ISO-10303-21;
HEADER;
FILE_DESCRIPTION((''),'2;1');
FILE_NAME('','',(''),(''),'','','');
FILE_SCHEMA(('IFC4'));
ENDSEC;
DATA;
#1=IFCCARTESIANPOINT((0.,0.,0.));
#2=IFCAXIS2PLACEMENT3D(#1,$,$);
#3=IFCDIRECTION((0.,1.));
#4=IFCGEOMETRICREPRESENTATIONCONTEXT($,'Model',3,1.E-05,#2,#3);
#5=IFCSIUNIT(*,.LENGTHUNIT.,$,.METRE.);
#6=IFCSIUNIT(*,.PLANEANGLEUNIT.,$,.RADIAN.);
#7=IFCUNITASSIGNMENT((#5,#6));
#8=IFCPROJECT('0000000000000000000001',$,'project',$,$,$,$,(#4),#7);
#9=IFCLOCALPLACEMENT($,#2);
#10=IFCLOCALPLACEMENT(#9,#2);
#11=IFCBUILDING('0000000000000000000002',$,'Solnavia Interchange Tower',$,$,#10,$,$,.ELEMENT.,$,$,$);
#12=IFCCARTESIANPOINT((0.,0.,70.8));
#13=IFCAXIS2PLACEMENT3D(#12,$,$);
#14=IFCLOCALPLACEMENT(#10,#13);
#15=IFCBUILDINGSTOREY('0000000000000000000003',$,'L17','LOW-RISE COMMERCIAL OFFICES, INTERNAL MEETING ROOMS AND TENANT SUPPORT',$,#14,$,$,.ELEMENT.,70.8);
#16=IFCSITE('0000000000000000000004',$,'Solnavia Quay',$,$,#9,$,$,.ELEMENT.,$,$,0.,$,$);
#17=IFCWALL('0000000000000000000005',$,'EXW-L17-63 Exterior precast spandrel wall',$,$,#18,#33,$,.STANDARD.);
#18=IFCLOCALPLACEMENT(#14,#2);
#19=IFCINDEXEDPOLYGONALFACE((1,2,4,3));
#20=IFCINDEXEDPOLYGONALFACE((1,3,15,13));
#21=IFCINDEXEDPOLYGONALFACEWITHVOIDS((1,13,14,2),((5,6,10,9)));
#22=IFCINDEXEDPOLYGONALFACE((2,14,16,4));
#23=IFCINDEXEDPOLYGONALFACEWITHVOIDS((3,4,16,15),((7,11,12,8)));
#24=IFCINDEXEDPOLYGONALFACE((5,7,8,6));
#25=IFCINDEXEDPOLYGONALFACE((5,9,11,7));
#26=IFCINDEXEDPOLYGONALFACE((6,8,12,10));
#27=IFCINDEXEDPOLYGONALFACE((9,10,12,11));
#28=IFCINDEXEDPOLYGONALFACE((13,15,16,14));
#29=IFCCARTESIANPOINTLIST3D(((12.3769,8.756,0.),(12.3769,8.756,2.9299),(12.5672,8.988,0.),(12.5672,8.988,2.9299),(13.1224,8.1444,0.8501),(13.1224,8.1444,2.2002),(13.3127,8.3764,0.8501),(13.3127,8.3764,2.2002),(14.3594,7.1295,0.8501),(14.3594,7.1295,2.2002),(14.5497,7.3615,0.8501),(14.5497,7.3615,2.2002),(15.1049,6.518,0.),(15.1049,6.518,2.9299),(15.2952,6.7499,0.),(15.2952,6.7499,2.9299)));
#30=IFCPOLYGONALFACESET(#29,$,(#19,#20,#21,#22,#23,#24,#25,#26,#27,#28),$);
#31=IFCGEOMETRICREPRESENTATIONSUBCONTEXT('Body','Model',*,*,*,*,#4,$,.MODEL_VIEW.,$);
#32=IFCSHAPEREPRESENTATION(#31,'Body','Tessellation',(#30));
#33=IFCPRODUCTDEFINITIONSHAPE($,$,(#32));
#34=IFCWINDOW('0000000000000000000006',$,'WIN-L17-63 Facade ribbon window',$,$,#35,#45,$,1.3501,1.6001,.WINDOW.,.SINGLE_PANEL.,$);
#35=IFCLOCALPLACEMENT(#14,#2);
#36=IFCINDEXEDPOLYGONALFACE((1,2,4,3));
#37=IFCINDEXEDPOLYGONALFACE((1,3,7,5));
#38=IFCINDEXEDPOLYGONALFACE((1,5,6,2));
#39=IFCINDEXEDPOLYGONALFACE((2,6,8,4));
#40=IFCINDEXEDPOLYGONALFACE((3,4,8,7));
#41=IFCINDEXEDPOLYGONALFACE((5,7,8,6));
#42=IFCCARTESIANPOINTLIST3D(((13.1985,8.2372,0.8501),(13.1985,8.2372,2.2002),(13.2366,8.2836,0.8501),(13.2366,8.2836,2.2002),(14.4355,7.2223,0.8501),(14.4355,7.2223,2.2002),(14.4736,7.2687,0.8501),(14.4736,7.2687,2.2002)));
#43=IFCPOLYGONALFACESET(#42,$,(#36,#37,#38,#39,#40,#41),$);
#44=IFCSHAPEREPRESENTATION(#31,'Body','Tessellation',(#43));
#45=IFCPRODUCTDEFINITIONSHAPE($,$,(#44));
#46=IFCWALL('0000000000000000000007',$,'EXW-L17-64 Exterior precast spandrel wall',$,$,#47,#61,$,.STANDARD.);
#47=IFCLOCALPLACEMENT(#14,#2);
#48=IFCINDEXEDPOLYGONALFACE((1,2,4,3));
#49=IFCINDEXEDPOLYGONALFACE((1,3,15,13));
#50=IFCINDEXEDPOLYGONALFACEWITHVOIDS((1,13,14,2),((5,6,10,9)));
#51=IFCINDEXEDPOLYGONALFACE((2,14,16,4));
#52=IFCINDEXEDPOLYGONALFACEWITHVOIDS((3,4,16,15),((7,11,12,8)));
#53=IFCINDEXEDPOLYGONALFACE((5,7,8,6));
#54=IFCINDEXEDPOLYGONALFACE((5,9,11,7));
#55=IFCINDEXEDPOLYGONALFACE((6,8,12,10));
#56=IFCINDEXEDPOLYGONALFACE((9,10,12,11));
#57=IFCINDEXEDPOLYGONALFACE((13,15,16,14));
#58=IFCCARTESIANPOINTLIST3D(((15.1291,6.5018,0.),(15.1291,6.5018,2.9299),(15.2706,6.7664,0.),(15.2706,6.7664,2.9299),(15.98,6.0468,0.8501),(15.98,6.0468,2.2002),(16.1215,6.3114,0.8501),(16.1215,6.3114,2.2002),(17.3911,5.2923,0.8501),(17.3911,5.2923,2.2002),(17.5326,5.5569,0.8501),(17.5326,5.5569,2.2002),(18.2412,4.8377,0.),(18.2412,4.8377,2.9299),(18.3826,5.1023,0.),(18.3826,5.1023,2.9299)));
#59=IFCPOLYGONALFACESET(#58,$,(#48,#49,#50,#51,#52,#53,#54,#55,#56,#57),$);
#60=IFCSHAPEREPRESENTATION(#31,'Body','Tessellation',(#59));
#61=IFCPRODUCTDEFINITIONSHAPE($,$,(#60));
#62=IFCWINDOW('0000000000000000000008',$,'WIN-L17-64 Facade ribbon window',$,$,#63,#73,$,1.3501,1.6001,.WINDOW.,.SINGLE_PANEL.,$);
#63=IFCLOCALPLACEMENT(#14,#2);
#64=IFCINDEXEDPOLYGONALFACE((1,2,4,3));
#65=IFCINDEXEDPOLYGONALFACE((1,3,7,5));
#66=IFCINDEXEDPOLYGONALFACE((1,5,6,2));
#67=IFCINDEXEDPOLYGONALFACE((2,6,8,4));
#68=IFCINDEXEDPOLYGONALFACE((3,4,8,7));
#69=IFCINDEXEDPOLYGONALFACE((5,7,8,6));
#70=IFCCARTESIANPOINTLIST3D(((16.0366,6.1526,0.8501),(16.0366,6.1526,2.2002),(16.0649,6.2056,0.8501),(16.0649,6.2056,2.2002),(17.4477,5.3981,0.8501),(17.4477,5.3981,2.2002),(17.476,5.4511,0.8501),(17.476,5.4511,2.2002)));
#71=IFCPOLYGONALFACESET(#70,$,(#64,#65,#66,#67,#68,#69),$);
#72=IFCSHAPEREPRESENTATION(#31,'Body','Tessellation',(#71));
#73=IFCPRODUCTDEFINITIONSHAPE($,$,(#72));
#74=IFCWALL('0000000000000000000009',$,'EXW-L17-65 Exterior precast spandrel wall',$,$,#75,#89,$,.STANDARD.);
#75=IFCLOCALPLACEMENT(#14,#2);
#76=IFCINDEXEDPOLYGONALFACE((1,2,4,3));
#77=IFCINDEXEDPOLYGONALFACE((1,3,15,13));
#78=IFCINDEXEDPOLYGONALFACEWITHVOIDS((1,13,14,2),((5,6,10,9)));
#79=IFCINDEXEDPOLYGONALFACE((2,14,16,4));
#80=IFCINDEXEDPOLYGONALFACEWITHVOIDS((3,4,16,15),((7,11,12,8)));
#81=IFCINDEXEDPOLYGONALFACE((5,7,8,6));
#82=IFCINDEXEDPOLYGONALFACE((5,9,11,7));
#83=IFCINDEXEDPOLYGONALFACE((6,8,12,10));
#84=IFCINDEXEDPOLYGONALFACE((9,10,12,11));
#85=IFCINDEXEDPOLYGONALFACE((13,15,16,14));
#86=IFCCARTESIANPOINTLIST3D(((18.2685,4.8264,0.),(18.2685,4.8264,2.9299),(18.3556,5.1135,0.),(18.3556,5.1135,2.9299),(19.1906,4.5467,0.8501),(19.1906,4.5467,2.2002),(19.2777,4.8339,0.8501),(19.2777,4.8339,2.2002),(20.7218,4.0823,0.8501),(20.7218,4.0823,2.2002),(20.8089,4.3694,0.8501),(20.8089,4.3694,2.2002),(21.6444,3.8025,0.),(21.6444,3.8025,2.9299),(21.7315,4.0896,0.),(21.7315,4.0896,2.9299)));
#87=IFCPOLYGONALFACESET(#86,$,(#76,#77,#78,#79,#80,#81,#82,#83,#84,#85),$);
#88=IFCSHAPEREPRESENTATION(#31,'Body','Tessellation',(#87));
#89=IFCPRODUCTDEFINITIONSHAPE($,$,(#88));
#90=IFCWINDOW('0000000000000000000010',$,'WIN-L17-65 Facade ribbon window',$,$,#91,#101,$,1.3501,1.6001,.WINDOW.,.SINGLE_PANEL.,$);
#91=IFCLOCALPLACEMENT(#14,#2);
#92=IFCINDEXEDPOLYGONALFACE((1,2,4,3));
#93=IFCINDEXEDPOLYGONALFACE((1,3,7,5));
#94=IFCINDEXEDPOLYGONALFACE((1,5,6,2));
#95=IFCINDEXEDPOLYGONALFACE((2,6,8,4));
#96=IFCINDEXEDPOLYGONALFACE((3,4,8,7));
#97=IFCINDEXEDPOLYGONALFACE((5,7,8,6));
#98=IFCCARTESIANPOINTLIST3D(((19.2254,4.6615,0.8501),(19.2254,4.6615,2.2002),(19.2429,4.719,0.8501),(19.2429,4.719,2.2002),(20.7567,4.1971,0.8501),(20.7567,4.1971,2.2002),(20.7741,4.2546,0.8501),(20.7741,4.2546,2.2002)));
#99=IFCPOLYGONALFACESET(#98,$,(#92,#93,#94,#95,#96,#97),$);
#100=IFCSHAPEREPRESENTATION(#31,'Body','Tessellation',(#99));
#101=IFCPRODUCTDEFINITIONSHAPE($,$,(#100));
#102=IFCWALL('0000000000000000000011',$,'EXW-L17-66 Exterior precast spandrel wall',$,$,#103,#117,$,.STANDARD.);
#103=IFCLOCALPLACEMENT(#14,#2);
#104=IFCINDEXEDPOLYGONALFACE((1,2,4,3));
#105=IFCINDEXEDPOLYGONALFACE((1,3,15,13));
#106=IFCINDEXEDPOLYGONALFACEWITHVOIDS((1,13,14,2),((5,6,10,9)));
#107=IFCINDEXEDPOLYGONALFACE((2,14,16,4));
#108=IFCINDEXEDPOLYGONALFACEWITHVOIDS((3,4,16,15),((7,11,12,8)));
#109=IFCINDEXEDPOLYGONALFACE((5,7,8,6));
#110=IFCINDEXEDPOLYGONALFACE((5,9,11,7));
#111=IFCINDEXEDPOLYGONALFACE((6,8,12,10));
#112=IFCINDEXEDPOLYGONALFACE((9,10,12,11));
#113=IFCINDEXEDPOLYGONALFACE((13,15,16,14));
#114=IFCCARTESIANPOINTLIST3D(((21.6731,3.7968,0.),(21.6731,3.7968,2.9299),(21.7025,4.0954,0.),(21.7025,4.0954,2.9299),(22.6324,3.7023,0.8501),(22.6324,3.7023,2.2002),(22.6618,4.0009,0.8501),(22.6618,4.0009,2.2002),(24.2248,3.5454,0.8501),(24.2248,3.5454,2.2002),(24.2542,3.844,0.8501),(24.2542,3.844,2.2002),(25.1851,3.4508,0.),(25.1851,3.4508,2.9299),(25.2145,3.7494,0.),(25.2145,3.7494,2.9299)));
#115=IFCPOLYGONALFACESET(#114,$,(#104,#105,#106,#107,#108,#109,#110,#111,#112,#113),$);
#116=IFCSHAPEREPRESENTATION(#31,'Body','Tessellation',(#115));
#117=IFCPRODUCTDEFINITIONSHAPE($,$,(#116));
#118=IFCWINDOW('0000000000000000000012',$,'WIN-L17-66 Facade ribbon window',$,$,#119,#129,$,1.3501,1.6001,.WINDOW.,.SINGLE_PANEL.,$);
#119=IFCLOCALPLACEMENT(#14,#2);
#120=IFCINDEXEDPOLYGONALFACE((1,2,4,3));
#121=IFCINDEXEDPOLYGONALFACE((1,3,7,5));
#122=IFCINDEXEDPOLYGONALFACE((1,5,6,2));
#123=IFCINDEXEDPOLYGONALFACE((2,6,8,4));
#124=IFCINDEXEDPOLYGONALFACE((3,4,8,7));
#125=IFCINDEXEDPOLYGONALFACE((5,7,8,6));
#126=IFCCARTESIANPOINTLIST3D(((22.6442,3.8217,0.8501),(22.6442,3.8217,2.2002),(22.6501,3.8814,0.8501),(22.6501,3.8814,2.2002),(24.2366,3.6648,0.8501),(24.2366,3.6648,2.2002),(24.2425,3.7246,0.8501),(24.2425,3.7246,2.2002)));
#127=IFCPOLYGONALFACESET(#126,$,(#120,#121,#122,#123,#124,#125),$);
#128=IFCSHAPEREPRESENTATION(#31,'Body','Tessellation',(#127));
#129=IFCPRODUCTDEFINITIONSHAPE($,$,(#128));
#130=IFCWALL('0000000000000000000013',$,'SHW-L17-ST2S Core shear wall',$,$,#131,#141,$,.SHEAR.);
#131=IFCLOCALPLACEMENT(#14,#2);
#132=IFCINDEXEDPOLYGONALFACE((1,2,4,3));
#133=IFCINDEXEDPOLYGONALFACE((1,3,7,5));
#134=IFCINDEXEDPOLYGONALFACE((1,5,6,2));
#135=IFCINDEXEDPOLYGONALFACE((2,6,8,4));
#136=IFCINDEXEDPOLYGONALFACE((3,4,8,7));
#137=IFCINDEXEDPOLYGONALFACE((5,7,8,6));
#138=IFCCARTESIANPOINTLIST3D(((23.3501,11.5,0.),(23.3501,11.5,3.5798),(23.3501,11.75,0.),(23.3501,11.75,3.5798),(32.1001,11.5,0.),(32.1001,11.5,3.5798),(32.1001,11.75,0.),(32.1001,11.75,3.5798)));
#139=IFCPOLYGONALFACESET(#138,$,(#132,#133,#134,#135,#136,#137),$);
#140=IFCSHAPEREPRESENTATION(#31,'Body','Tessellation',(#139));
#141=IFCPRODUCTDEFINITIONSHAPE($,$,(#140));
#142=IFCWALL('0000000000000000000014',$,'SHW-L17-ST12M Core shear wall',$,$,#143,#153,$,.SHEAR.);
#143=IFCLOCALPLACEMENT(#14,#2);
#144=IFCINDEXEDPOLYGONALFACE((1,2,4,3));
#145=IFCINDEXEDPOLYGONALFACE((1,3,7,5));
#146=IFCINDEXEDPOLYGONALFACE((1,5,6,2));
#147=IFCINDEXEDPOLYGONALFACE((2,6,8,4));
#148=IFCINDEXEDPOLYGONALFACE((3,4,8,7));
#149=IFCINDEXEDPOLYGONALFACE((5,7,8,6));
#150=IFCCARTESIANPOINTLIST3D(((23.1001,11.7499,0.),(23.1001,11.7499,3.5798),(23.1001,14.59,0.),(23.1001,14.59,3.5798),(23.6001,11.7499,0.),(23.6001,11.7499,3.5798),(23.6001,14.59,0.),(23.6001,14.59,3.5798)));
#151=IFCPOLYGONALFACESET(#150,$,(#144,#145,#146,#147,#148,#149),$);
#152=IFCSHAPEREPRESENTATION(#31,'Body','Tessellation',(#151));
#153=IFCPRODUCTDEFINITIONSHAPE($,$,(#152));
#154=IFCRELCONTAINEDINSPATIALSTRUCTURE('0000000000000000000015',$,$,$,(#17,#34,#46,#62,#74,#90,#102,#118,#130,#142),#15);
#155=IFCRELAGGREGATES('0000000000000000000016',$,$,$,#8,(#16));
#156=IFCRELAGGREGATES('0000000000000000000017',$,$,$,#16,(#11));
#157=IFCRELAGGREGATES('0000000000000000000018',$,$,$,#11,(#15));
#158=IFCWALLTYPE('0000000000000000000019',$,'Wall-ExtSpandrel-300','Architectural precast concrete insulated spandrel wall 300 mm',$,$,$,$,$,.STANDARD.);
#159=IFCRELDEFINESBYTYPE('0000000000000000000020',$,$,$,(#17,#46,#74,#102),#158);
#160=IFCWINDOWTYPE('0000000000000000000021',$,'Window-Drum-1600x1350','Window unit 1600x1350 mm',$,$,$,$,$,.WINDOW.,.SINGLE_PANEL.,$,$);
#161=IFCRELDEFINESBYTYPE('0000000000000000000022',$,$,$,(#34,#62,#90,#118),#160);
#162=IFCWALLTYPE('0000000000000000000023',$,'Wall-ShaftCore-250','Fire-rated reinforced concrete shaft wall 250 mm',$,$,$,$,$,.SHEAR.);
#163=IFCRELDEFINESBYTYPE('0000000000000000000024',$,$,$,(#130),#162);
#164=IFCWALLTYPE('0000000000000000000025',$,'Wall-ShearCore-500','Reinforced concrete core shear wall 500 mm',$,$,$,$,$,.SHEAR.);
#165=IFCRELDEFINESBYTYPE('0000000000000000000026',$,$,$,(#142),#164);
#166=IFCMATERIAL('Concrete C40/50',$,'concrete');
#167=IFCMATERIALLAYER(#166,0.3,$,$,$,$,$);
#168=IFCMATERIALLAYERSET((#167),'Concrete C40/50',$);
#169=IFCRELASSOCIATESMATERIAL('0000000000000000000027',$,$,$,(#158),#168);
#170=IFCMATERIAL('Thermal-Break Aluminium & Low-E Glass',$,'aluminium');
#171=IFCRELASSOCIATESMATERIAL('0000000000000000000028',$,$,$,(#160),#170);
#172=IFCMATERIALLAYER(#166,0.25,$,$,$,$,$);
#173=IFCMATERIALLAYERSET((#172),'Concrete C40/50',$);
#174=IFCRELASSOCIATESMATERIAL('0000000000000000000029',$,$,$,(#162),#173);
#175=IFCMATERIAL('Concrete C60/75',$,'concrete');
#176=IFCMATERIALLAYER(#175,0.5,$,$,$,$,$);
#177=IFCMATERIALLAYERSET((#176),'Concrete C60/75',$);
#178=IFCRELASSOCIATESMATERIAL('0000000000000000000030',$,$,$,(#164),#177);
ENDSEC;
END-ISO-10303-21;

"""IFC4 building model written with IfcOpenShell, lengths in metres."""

from ifc_helpers import new_model, si_unit, direction, frame, frame_2d, origin, place, context, subcontext, project, spatial, rectangle, extrude, material, layer, layer_set, type_object, element, fill, save


model = new_model("IFC4")

# Units and contexts
model_context = context("Model", 3, precision=1e-05, world=origin(), true_north=direction((0.0, 1.0)))
body_context = subcontext(model_context, "Body", "Model", "MODEL_VIEW")
ifc_project = project(units=[si_unit("LENGTHUNIT", "METRE"), si_unit("PLANEANGLEUNIT", "RADIAN")], contexts=[model_context])

# Site, building, storey
site_placement = place(None, origin())
site = spatial("IfcSite", under=ifc_project, at=site_placement, Name="Solnavia Quay", CompositionType="ELEMENT", RefElevation=0.0)
building_placement = place(site_placement, origin())
building = spatial("IfcBuilding", under=site, at=building_placement, Name="Solnavia Interchange Tower", CompositionType="ELEMENT")
storey_placement = place(building_placement, frame((0.0, 0.0, 70.8)))
storey = spatial("IfcBuildingStorey", under=building, at=storey_placement, Name="L17", Description="LOW-RISE COMMERCIAL OFFICES, INTERNAL MEETING ROOMS AND TENANT SUPPORT", CompositionType="ELEMENT", Elevation=70.8)

# Shared definitions
ifc_material_1 = material(Name="Concrete C60/75", Category="concrete")

# Walls, openings, windows
ifc_material_2 = material(Name="Concrete C40/50", Category="concrete")
ifc_layer_1 = layer(ifc_material_2, 0.3)
ifc_layer_set_1 = layer_set([ifc_layer_1], Name="Concrete C40/50")
wall_type_1 = type_object("IfcWallType", Name="Wall-ExtSpandrel-300", Description="Architectural precast concrete insulated spandrel wall 300 mm", PredefinedType="STANDARD", material=ifc_layer_set_1)
wall_1_placement = place(storey_placement, frame((15.2, 6.634, 0.0), z_axis=(0.0, 0.0, 1.0), x_axis=(-0.773121, 0.634258, 0.0)))
wall_1 = element("IfcWall", 1, at=wall_1_placement, inside=storey, type_object=wall_type_1, Name="EXW-L17-63 Exterior precast spandrel wall", PredefinedType="STANDARD", context=body_context, shape_type="SweptSolid", body=[
    extrude(rectangle(XDim=3.5286, YDim=0.3, at=frame_2d((1.7642, 0.0))), origin(), (0.0, 0.0, 1.0), 2.9299),
])
opening_1_placement = place(wall_1_placement, frame((0.9641, 0.0, 0.8501)))
opening_1 = element("IfcOpeningElement", 2, at=opening_1_placement, cuts=wall_1, PredefinedType="OPENING", context=body_context, shape_type="SweptSolid", body=[
    extrude(rectangle(XDim=1.6001, YDim=1.3501, at=frame_2d((0.8, 0.675))), frame((0.0, 0.1602, 0.0), z_axis=(0.0, -1.0, 0.0), x_axis=(1.0, 0.0, 0.0)), (0.0, 0.0, 1.0), 0.3201),
])
ifc_material_3 = material(Name="Thermal-Break Aluminium & Low-E Glass", Category="aluminium")
window_type = type_object("IfcWindowType", Name="Window-Drum-1600x1350", Description="Window unit 1600x1350 mm", PartitioningType="SINGLE_PANEL", PredefinedType="WINDOW", material=ifc_material_3)
window_1_placement = place(opening_1_placement, origin())
window_1 = element("IfcWindow", 3, at=window_1_placement, inside=storey, type_object=window_type, Name="WIN-L17-63 Facade ribbon window", OverallHeight=1.3501, OverallWidth=1.6001, PartitioningType="SINGLE_PANEL", PredefinedType="WINDOW", context=body_context, shape_type="SweptSolid", body=[
    extrude(rectangle(XDim=1.6001, YDim=1.3501, at=frame_2d((0.8, 0.675))), frame((0.0, 0.03, 0.0), z_axis=(0.0, -1.0, 0.0), x_axis=(1.0, 0.0, 0.0)), (0.0, 0.0, 1.0), 0.0601),
])
fill(opening_1, window_1)
wall_2_placement = place(storey_placement, frame((18.312, 4.97, 0.0), z_axis=(0.0, 0.0, 1.0), x_axis=(-0.881847, 0.471536, 0.0)))
wall_2 = element("IfcWall", 4, at=wall_2_placement, inside=storey, type_object=wall_type_1, Name="EXW-L17-64 Exterior precast spandrel wall", PredefinedType="STANDARD", context=body_context, shape_type="SweptSolid", body=[
    extrude(rectangle(XDim=3.5291, YDim=0.3, at=frame_2d((1.7646, 0.0))), origin(), (0.0, 0.0, 1.0), 2.9299),
])
opening_2_placement = place(wall_2_placement, frame((0.9641, 0.0, 0.8501)))
opening_2 = element("IfcOpeningElement", 5, at=opening_2_placement, cuts=wall_2, PredefinedType="OPENING", context=body_context, shape_type="SweptSolid", body=[
    extrude(rectangle(XDim=1.6001, YDim=1.3501, at=frame_2d((0.8, 0.675))), frame((0.0, 0.1602, 0.0), z_axis=(0.0, -1.0, 0.0), x_axis=(1.0, 0.0, 0.0)), (0.0, 0.0, 1.0), 0.3201),
])
window_2_placement = place(opening_2_placement, origin())
window_2 = element("IfcWindow", 6, at=window_2_placement, inside=storey, type_object=window_type, Name="WIN-L17-64 Facade ribbon window", OverallHeight=1.3501, OverallWidth=1.6001, PartitioningType="SINGLE_PANEL", PredefinedType="WINDOW", context=body_context, shape_type="SweptSolid", body=[
    extrude(rectangle(XDim=1.6001, YDim=1.3501, at=frame_2d((0.8, 0.675))), frame((0.0, 0.03, 0.0), z_axis=(0.0, -1.0, 0.0), x_axis=(1.0, 0.0, 0.0)), (0.0, 0.0, 1.0), 0.0601),
])
fill(opening_2, window_2)
wall_3_placement = place(storey_placement, frame((21.688, 3.946, 0.0), z_axis=(0.0, 0.0, 1.0), x_axis=(-0.956953, 0.290242, 0.0)))
wall_3 = element("IfcWall", 7, at=wall_3_placement, inside=storey, type_object=wall_type_1, Name="EXW-L17-65 Exterior precast spandrel wall", PredefinedType="STANDARD", context=body_context, shape_type="SweptSolid", body=[
    extrude(rectangle(XDim=3.5278, YDim=0.3, at=frame_2d((1.7639, 0.0))), origin(), (0.0, 0.0, 1.0), 2.9299),
])
opening_3_placement = place(wall_3_placement, frame((0.9641, 0.0, 0.8501)))
opening_3 = element("IfcOpeningElement", 8, at=opening_3_placement, cuts=wall_3, PredefinedType="OPENING", context=body_context, shape_type="SweptSolid", body=[
    extrude(rectangle(XDim=1.6001, YDim=1.3501, at=frame_2d((0.8, 0.675))), frame((0.0, 0.1602, 0.0), z_axis=(0.0, -1.0, 0.0), x_axis=(1.0, 0.0, 0.0)), (0.0, 0.0, 1.0), 0.3201),
])
window_3_placement = place(opening_3_placement, origin())
window_3 = element("IfcWindow", 9, at=window_3_placement, inside=storey, type_object=window_type, Name="WIN-L17-65 Facade ribbon window", OverallHeight=1.3501, OverallWidth=1.6001, PartitioningType="SINGLE_PANEL", PredefinedType="WINDOW", context=body_context, shape_type="SweptSolid", body=[
    extrude(rectangle(XDim=1.6001, YDim=1.3501, at=frame_2d((0.8, 0.675))), frame((0.0, 0.03, 0.0), z_axis=(0.0, -1.0, 0.0), x_axis=(1.0, 0.0, 0.0)), (0.0, 0.0, 1.0), 0.0601),
])
fill(opening_3, window_3)
wall_4_placement = place(storey_placement, frame((25.2, 3.6001, 0.0), z_axis=(0.0, 0.0, 1.0), x_axis=(-0.995183, 0.098031, 0.0)))
wall_4 = element("IfcWall", 10, at=wall_4_placement, inside=storey, type_object=wall_type_1, Name="EXW-L17-66 Exterior precast spandrel wall", PredefinedType="STANDARD", context=body_context, shape_type="SweptSolid", body=[
    extrude(rectangle(XDim=3.5291, YDim=0.3, at=frame_2d((1.7646, 0.0))), origin(), (0.0, 0.0, 1.0), 2.9299),
])
opening_4_placement = place(wall_4_placement, frame((0.9651, 0.0, 0.8501)))
opening_4 = element("IfcOpeningElement", 11, at=opening_4_placement, cuts=wall_4, PredefinedType="OPENING", context=body_context, shape_type="SweptSolid", body=[
    extrude(rectangle(XDim=1.6001, YDim=1.3501, at=frame_2d((0.8, 0.675))), frame((0.0, 0.1602, 0.0), z_axis=(0.0, -1.0, 0.0), x_axis=(1.0, 0.0, 0.0)), (0.0, 0.0, 1.0), 0.3201),
])
window_4_placement = place(opening_4_placement, origin())
window_4 = element("IfcWindow", 12, at=window_4_placement, inside=storey, type_object=window_type, Name="WIN-L17-66 Facade ribbon window", OverallHeight=1.3501, OverallWidth=1.6001, PartitioningType="SINGLE_PANEL", PredefinedType="WINDOW", context=body_context, shape_type="SweptSolid", body=[
    extrude(rectangle(XDim=1.6001, YDim=1.3501, at=frame_2d((0.8, 0.675))), frame((0.0, 0.03, 0.0), z_axis=(0.0, -1.0, 0.0), x_axis=(1.0, 0.0, 0.0)), (0.0, 0.0, 1.0), 0.0601),
])
fill(opening_4, window_4)

# Walls
ifc_layer_2 = layer(ifc_material_2, 0.25)
ifc_layer_set_2 = layer_set([ifc_layer_2], Name="Concrete C40/50")
wall_type_2 = type_object("IfcWallType", Name="Wall-ShaftCore-250", Description="Fire-rated reinforced concrete shaft wall 250 mm", PredefinedType="SHEAR", material=ifc_layer_set_2)
wall_5_placement = place(storey_placement, frame((23.3501, 11.625, 0.0), z_axis=(0.0, 0.0, 1.0), x_axis=(1.0, 0.0, 0.0)))
element("IfcWall", 13, at=wall_5_placement, inside=storey, type_object=wall_type_2, Name="SHW-L17-ST2S Core shear wall", PredefinedType="SHEAR", context=body_context, shape_type="SweptSolid", body=[
    extrude(rectangle(XDim=8.75, YDim=0.25, at=frame_2d((4.375, 0.0))), origin(), (0.0, 0.0, 1.0), 3.5798),
])
ifc_layer_3 = layer(ifc_material_1, 0.5)
ifc_layer_set_3 = layer_set([ifc_layer_3], Name="Concrete C60/75")
wall_type_3 = type_object("IfcWallType", Name="Wall-ShearCore-500", Description="Reinforced concrete core shear wall 500 mm", PredefinedType="SHEAR", material=ifc_layer_set_3)
wall_6_placement = place(storey_placement, frame((23.3501, 11.75, 0.0), z_axis=(0.0, 0.0, 1.0), x_axis=(0.0, 1.0, 0.0)))
element("IfcWall", 14, at=wall_6_placement, inside=storey, type_object=wall_type_3, Name="SHW-L17-ST12M Core shear wall", PredefinedType="SHEAR", context=body_context, shape_type="SweptSolid", body=[
    extrude(rectangle(XDim=2.8401, YDim=0.5, at=frame_2d((1.4199, 0.0))), origin(), (0.0, 0.0, 1.0), 3.5798),
])

save(model, "model.ifc")
